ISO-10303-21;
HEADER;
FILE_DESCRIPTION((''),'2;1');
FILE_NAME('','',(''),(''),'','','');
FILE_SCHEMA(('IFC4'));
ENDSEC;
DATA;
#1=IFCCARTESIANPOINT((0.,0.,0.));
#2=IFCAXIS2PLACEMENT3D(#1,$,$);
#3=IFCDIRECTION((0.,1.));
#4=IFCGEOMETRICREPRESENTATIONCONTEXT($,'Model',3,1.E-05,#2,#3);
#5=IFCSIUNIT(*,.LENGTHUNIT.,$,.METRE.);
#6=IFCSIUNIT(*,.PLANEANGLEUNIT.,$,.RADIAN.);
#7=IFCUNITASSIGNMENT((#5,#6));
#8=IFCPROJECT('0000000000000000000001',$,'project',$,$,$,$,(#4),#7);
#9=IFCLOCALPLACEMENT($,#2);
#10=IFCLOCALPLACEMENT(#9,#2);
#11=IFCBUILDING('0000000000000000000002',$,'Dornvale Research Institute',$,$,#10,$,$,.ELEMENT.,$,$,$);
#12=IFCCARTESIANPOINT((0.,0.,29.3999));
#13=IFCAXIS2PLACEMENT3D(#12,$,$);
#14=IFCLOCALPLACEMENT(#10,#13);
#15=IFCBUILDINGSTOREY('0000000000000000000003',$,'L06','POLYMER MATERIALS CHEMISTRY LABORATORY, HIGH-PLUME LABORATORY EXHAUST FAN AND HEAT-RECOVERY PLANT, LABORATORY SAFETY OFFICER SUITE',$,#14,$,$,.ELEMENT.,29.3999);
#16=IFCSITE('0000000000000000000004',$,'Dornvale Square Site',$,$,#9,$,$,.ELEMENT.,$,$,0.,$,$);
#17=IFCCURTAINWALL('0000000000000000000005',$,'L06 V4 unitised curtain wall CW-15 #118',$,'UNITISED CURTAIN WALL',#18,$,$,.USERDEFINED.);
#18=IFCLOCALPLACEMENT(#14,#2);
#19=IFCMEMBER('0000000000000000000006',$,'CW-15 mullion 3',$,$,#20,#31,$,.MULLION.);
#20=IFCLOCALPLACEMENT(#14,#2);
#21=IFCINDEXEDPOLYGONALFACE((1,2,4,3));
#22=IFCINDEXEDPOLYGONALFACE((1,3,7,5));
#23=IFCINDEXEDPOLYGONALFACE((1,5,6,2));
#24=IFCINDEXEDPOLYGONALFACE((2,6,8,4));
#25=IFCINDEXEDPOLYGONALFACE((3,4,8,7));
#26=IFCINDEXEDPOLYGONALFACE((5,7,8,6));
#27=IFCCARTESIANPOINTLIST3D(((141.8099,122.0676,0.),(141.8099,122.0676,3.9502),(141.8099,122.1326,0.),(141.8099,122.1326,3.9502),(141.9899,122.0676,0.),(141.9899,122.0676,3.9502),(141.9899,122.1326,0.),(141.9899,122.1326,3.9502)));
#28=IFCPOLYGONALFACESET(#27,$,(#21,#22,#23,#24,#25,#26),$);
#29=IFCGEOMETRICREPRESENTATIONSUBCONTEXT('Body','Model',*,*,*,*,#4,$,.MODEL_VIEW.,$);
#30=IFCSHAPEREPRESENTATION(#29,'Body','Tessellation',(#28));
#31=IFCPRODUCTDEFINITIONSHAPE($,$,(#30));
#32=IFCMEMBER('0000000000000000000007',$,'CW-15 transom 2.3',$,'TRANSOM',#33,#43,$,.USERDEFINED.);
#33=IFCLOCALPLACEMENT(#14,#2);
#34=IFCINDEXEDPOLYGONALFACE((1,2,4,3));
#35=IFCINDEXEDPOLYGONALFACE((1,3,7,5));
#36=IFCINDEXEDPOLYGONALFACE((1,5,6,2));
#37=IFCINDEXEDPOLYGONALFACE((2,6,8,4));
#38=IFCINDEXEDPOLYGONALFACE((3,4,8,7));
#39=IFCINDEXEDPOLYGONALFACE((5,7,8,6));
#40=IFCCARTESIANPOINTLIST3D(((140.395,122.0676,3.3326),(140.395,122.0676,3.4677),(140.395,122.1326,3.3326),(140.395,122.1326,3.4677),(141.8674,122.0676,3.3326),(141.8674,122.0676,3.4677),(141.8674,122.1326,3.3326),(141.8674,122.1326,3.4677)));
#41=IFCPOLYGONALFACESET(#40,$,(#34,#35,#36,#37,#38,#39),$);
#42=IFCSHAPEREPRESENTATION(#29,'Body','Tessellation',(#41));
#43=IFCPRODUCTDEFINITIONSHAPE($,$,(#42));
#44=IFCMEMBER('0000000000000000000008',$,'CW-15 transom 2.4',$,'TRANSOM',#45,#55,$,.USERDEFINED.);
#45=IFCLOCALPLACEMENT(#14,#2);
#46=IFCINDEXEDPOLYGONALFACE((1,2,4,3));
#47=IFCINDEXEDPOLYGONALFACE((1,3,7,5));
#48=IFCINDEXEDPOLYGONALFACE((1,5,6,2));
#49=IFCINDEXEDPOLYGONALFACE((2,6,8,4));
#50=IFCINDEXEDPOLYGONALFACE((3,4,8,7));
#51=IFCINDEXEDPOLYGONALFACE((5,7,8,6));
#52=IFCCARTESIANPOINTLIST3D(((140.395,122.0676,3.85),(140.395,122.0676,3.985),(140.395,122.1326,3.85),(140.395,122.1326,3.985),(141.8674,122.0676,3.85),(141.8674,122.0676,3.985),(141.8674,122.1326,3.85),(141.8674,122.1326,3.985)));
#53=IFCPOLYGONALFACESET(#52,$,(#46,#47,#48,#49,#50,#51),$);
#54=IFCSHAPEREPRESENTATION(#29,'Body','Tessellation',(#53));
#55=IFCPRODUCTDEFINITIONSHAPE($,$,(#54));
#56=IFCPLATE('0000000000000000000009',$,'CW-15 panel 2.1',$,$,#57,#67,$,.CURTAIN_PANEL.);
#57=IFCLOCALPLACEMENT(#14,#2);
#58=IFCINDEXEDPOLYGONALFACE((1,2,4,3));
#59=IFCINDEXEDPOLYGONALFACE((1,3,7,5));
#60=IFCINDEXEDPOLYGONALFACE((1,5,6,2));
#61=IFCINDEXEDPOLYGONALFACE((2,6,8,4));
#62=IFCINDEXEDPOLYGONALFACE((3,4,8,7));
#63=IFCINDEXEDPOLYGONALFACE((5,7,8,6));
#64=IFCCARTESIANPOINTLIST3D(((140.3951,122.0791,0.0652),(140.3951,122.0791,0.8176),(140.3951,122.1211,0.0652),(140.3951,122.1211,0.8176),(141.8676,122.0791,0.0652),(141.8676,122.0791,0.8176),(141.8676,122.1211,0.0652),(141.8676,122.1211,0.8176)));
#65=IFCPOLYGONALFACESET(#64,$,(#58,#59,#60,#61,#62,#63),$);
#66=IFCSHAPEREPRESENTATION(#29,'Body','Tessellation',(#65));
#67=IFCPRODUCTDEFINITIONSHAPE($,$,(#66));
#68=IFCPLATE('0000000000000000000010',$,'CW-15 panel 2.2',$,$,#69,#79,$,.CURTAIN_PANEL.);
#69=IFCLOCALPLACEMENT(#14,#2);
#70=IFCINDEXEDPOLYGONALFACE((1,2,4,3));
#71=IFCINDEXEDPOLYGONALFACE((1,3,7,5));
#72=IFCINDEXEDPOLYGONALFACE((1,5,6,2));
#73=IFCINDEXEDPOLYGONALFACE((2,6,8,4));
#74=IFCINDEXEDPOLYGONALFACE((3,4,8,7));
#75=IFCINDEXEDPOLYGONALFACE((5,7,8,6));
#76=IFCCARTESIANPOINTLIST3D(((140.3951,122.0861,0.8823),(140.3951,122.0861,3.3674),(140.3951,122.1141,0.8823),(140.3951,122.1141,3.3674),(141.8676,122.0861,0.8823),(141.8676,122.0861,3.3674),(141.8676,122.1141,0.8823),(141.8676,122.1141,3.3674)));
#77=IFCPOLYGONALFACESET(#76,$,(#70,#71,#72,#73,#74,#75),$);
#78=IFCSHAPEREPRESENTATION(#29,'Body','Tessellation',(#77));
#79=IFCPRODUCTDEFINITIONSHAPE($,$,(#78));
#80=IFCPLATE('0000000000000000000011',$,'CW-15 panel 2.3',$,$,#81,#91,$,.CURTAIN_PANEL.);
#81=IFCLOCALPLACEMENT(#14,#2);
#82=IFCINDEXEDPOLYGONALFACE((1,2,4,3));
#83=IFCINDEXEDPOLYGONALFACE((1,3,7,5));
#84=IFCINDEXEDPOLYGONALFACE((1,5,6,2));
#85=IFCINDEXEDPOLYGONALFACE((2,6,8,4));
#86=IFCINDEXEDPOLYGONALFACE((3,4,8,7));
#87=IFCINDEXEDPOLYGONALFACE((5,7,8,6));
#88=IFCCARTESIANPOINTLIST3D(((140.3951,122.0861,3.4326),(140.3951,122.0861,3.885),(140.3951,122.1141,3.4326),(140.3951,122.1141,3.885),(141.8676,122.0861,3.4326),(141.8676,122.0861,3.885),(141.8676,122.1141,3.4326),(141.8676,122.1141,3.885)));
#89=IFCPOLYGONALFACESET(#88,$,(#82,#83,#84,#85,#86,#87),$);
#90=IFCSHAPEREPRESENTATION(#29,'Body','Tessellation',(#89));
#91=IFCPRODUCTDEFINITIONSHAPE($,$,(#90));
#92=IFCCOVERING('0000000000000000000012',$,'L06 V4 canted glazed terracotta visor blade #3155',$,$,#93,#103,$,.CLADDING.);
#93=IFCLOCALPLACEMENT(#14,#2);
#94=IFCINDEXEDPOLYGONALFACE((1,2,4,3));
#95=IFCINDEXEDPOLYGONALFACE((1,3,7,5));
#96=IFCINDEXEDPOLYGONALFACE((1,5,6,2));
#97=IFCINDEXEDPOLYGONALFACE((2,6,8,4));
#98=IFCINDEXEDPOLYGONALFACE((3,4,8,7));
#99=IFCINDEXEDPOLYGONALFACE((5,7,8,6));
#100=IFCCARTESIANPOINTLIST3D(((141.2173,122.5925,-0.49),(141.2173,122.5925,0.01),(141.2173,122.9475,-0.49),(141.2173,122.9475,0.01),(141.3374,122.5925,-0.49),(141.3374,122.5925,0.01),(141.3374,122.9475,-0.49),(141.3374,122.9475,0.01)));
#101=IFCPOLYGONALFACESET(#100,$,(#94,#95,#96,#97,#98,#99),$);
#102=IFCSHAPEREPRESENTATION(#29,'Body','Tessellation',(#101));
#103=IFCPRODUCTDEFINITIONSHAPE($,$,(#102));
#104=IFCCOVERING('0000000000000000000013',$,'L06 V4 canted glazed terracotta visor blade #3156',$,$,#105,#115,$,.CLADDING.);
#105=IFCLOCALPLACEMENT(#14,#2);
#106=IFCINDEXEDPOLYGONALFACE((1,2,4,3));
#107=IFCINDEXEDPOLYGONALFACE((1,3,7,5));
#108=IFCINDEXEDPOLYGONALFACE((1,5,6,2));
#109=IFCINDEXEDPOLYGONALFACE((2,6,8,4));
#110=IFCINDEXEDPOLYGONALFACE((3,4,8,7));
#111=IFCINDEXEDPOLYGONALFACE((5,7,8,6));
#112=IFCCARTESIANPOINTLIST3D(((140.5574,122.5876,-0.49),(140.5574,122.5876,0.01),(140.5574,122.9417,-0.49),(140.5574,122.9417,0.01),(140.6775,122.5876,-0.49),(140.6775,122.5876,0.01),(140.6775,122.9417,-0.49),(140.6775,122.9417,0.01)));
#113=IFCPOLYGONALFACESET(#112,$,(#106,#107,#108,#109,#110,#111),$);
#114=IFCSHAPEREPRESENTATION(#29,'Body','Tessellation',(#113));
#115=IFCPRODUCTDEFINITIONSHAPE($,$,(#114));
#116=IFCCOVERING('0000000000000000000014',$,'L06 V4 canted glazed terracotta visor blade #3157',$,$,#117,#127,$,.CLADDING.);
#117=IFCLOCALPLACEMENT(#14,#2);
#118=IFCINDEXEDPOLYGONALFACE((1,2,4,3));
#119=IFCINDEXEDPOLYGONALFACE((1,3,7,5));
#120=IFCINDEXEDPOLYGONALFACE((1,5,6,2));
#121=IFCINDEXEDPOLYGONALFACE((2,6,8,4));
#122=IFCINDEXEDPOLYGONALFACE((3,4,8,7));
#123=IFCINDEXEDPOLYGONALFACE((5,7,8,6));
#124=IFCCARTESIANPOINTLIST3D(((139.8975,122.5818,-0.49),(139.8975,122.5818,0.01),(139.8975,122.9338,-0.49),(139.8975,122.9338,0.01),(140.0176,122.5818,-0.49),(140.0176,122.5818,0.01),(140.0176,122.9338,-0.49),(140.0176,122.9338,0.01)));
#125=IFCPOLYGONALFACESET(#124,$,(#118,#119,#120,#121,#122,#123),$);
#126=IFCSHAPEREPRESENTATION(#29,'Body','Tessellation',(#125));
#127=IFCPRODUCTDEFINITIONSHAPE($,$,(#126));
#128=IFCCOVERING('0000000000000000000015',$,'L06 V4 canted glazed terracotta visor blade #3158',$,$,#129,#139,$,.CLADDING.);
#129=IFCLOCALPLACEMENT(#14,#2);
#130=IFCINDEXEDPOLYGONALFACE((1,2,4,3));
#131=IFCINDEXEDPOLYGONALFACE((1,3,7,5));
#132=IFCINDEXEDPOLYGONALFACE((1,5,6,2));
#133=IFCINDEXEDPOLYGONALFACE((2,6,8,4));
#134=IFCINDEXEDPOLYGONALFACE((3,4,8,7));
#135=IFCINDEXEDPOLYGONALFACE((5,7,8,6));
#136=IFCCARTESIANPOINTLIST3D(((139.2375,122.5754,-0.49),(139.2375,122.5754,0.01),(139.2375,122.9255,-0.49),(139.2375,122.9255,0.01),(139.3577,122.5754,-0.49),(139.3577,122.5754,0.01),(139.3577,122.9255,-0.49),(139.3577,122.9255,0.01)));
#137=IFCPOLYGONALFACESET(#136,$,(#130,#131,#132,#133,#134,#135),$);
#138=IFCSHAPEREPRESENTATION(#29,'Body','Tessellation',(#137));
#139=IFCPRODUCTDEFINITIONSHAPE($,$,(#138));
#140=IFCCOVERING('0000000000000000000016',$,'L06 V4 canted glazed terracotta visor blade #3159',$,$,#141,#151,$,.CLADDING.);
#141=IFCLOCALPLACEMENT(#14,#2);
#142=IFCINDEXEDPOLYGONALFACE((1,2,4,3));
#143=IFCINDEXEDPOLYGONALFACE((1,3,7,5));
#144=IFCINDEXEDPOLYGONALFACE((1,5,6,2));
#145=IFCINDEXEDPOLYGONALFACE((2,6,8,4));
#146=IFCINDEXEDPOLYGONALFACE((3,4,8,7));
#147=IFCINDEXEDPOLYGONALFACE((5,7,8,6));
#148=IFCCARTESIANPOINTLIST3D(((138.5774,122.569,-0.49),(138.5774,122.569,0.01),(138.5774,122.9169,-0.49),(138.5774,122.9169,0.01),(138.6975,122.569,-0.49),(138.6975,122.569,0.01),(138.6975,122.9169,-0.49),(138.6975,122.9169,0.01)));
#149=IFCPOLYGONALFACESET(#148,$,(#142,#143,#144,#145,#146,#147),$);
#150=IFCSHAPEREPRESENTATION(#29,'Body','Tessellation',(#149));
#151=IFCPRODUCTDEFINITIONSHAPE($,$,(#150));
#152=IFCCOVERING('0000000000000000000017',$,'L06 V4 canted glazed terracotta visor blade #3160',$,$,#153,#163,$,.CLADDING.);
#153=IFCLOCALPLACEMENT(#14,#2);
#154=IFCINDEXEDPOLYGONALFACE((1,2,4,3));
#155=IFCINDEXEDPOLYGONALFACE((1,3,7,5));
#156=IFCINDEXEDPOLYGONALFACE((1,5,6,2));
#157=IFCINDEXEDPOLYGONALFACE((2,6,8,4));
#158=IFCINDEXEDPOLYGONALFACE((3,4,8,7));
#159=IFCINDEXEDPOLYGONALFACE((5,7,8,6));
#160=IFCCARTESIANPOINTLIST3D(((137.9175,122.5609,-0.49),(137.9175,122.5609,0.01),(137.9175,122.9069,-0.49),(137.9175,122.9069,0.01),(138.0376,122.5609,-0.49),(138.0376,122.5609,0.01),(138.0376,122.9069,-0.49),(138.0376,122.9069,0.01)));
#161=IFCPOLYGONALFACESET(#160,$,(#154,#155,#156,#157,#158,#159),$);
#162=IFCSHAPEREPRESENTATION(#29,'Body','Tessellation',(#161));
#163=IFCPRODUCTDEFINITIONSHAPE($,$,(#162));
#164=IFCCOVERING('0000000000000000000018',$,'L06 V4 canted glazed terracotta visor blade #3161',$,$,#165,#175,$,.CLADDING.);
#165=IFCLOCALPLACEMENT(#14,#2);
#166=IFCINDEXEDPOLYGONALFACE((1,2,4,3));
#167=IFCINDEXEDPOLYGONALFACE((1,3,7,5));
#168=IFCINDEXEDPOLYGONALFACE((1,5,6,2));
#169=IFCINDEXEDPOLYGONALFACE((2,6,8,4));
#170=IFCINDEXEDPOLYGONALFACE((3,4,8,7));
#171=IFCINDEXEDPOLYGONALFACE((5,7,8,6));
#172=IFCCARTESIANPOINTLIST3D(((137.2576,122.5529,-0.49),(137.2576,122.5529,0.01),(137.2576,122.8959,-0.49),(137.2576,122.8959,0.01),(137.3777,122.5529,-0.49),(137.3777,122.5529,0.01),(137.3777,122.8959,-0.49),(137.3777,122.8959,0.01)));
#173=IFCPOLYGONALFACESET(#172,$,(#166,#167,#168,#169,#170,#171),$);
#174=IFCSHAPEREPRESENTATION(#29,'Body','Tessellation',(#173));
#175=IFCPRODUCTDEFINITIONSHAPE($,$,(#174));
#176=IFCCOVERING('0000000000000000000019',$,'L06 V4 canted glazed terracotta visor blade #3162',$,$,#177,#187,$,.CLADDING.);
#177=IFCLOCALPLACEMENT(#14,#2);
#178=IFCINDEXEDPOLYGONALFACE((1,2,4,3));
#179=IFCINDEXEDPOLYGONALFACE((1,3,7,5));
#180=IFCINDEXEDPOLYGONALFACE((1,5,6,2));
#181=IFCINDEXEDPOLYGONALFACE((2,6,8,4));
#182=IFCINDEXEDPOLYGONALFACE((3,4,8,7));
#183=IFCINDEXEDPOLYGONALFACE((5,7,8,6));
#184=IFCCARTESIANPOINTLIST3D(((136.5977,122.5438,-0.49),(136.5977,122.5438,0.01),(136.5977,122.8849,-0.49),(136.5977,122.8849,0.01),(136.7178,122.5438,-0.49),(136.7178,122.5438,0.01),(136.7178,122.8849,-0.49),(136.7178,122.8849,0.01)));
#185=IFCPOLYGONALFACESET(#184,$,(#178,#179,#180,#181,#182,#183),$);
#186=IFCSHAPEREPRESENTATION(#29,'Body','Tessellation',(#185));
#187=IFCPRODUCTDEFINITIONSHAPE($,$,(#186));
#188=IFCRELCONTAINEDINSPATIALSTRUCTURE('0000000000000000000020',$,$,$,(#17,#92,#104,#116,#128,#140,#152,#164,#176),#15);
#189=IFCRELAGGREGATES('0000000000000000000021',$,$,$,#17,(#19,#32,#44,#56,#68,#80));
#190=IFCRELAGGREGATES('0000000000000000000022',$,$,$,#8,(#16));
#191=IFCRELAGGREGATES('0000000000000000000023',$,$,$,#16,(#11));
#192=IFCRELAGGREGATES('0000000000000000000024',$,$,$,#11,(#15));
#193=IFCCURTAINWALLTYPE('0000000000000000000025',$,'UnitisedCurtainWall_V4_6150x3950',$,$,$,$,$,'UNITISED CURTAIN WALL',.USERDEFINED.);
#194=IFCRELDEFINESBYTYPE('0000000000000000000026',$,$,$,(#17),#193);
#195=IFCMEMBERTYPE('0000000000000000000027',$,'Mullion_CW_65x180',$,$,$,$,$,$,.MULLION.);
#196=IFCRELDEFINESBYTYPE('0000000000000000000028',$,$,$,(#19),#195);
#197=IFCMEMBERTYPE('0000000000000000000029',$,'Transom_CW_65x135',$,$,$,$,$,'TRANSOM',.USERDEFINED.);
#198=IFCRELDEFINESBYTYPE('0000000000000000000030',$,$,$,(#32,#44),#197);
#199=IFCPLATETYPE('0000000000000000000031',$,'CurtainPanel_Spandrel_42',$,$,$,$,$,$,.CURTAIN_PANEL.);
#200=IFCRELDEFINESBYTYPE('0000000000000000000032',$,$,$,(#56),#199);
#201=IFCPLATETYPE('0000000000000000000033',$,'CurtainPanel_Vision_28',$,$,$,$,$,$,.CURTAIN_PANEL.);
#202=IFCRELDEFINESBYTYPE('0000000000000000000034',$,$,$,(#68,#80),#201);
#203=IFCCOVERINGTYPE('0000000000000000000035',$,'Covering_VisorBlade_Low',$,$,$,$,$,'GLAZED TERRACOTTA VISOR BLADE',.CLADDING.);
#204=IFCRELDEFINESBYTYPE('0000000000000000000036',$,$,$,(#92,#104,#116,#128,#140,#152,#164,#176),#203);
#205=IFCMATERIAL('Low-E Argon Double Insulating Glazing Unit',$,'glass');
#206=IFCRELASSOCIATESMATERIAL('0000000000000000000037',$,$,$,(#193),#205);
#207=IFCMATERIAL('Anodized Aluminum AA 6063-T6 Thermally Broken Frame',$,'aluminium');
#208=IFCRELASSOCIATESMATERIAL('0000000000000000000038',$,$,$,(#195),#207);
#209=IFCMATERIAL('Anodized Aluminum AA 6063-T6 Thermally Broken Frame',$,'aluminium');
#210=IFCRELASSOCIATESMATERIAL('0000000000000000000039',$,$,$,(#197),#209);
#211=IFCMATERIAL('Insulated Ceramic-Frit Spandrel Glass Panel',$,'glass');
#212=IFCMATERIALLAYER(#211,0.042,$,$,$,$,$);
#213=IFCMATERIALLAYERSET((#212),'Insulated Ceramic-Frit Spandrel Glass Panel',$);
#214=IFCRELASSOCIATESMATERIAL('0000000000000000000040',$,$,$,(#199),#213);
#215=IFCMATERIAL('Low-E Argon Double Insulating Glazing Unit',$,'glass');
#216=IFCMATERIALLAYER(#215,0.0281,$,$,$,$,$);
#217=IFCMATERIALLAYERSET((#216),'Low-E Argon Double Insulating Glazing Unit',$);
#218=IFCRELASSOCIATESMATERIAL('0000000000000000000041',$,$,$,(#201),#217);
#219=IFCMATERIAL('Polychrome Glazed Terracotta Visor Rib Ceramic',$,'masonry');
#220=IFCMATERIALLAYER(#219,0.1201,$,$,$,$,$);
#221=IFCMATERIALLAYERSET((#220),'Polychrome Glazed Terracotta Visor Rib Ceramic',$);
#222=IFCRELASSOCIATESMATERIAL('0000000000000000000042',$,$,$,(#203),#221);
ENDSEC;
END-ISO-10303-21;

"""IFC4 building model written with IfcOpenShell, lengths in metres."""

from ifc_helpers import new_model, si_unit, direction, frame, origin, origin_2d, place, context, subcontext, project, spatial, rectangle, extrude, material, layer, layer_set, material_profile, profile_set, type_object, element, aggregate, save


model = new_model("IFC4")

# Units and contexts
model_context = context("Model", 3, precision=1e-05, world=origin(), true_north=direction((0.0, 1.0)))
body_context = subcontext(model_context, "Body", "Model", "MODEL_VIEW")
ifc_project = project(units=[si_unit("LENGTHUNIT", "METRE"), si_unit("PLANEANGLEUNIT", "RADIAN")], contexts=[model_context])

# Site, building, storey
site_placement = place(None, origin())
site = spatial("IfcSite", under=ifc_project, at=site_placement, Name="Dornvale Square Site", CompositionType="ELEMENT", RefElevation=0.0)
building_placement = place(site_placement, origin())
building = spatial("IfcBuilding", under=site, at=building_placement, Name="Dornvale Research Institute", CompositionType="ELEMENT")
storey_placement = place(building_placement, frame((0.0, 0.0, 29.3999)))
storey = spatial("IfcBuildingStorey", under=building, at=storey_placement, Name="L06", Description="POLYMER MATERIALS CHEMISTRY LABORATORY, HIGH-PLUME LABORATORY EXHAUST FAN AND HEAT-RECOVERY PLANT, LABORATORY SAFETY OFFICER SUITE", CompositionType="ELEMENT", Elevation=29.3999)

# Curtain wall, members, plates
ifc_material_1 = material(Name="Low-E Argon Double Insulating Glazing Unit", Category="glass")
curtain_wall_type = type_object("IfcCurtainWallType", Name="UnitisedCurtainWall_V4_6150x3950", ElementType="UNITISED CURTAIN WALL", PredefinedType="USERDEFINED", material=ifc_material_1)
curtain_wall_placement = place(storey_placement, origin())
curtain_wall = element("IfcCurtainWall", 1, at=curtain_wall_placement, inside=storey, type_object=curtain_wall_type, Name="L06 V4 unitised curtain wall CW-15 #118", ObjectType="UNITISED CURTAIN WALL", PredefinedType="USERDEFINED")
ifc_material_2 = material(Name="Anodized Aluminum AA 6063-T6 Thermally Broken Frame", Category="aluminium")
ifc_material_profile_1 = material_profile(ifc_material_2, rectangle(XDim=0.0649, YDim=0.1799, at=origin_2d()), Name="ALU MULLION 65x180")
ifc_profile_set_1 = profile_set([ifc_material_profile_1], Name="Anodized Aluminum AA 6063-T6 Thermally Broken Frame")
member_type_1 = type_object("IfcMemberType", Name="Mullion_CW_65x180", PredefinedType="MULLION", material=ifc_profile_set_1)
member_1_placement = place(storey_placement, frame((141.8999, 122.1001, 0.0), z_axis=(0.0, 0.0, 1.0), x_axis=(0.0, 1.0, 0.0)))
member_1 = element("IfcMember", 2, at=member_1_placement, type_object=member_type_1, Name="CW-15 mullion 3", PredefinedType="MULLION", context=body_context, shape_type="SweptSolid", body=[
    extrude(rectangle(XDim=0.0649, YDim=0.1799, at=origin_2d()), origin(), (0.0, 0.0, 1.0), 3.9502),
])
ifc_material_3 = material(Name="Anodized Aluminum AA 6063-T6 Thermally Broken Frame", Category="aluminium")
ifc_material_profile_2 = material_profile(ifc_material_3, rectangle(XDim=0.0649, YDim=0.135, at=origin_2d()), Name="ALU TRANSOM 65x135")
ifc_profile_set_2 = profile_set([ifc_material_profile_2], Name="Anodized Aluminum AA 6063-T6 Thermally Broken Frame")
member_type_2 = type_object("IfcMemberType", Name="Transom_CW_65x135", ElementType="TRANSOM", PredefinedType="USERDEFINED", material=ifc_profile_set_2)
member_2_placement = place(storey_placement, frame((140.395, 122.1001, 3.4001), z_axis=(1.0, 0.0, 0.0), x_axis=(0.0, 1.0, 0.0)))
member_2 = element("IfcMember", 3, at=member_2_placement, type_object=member_type_2, Name="CW-15 transom 2.3", ObjectType="TRANSOM", PredefinedType="USERDEFINED", context=body_context, shape_type="SweptSolid", body=[
    extrude(rectangle(XDim=0.0649, YDim=0.135, at=origin_2d()), origin(), (0.0, 0.0, 1.0), 1.4724),
])
member_3_placement = place(storey_placement, frame((140.395, 122.1001, 3.9175), z_axis=(1.0, 0.0, 0.0), x_axis=(0.0, 1.0, 0.0)))
member_3 = element("IfcMember", 4, at=member_3_placement, type_object=member_type_2, Name="CW-15 transom 2.4", ObjectType="TRANSOM", PredefinedType="USERDEFINED", context=body_context, shape_type="SweptSolid", body=[
    extrude(rectangle(XDim=0.0649, YDim=0.135, at=origin_2d()), origin(), (0.0, 0.0, 1.0), 1.4724),
])
ifc_material_4 = material(Name="Insulated Ceramic-Frit Spandrel Glass Panel", Category="glass")
ifc_layer_1 = layer(ifc_material_4, 0.042)
ifc_layer_set_1 = layer_set([ifc_layer_1], Name="Insulated Ceramic-Frit Spandrel Glass Panel")
plate_type_1 = type_object("IfcPlateType", Name="CurtainPanel_Spandrel_42", PredefinedType="CURTAIN_PANEL", material=ifc_layer_set_1)
plate_1_placement = place(storey_placement, frame((141.1313, 122.1001, 0.0652), z_axis=(0.0, 0.0, 1.0), x_axis=(1.0, 0.0, 0.0)))
plate_1 = element("IfcPlate", 5, at=plate_1_placement, type_object=plate_type_1, Name="CW-15 panel 2.1", PredefinedType="CURTAIN_PANEL", context=body_context, shape_type="SweptSolid", body=[
    extrude(rectangle(XDim=1.4724, YDim=0.042, at=origin_2d()), origin(), (0.0, 0.0, 1.0), 0.7524),
])
ifc_material_5 = material(Name="Low-E Argon Double Insulating Glazing Unit", Category="glass")
ifc_layer_2 = layer(ifc_material_5, 0.0281)
ifc_layer_set_2 = layer_set([ifc_layer_2], Name="Low-E Argon Double Insulating Glazing Unit")
plate_type_2 = type_object("IfcPlateType", Name="CurtainPanel_Vision_28", PredefinedType="CURTAIN_PANEL", material=ifc_layer_set_2)
plate_2_placement = place(storey_placement, frame((141.1313, 122.1001, 0.8823), z_axis=(0.0, 0.0, 1.0), x_axis=(1.0, 0.0, 0.0)))
plate_2 = element("IfcPlate", 6, at=plate_2_placement, type_object=plate_type_2, Name="CW-15 panel 2.2", PredefinedType="CURTAIN_PANEL", context=body_context, shape_type="SweptSolid", body=[
    extrude(rectangle(XDim=1.4724, YDim=0.0281, at=origin_2d()), origin(), (0.0, 0.0, 1.0), 2.4851),
])
plate_3_placement = place(storey_placement, frame((141.1313, 122.1001, 3.4326), z_axis=(0.0, 0.0, 1.0), x_axis=(1.0, 0.0, 0.0)))
plate_3 = element("IfcPlate", 7, at=plate_3_placement, type_object=plate_type_2, Name="CW-15 panel 2.3", PredefinedType="CURTAIN_PANEL", context=body_context, shape_type="SweptSolid", body=[
    extrude(rectangle(XDim=1.4724, YDim=0.0281, at=origin_2d()), origin(), (0.0, 0.0, 1.0), 0.4524),
])
aggregate(curtain_wall, [member_1, member_2, member_3, plate_1, plate_2, plate_3])

# Coverings
ifc_material_6 = material(Name="Polychrome Glazed Terracotta Visor Rib Ceramic", Category="masonry")
ifc_layer_3 = layer(ifc_material_6, 0.1201)
ifc_layer_set_3 = layer_set([ifc_layer_3], Name="Polychrome Glazed Terracotta Visor Rib Ceramic")
covering_type = type_object("IfcCoveringType", Name="Covering_VisorBlade_Low", ElementType="GLAZED TERRACOTTA VISOR BLADE", PredefinedType="CLADDING", material=ifc_layer_set_3)
covering_1_placement = place(storey_placement, frame((141.2773, 122.77, -0.49), z_axis=(0.0, 0.0, 1.0), x_axis=(0.0, 1.0, 0.0)))
element("IfcCovering", 8, at=covering_1_placement, inside=storey, type_object=covering_type, Name="L06 V4 canted glazed terracotta visor blade #3155", PredefinedType="CLADDING", context=body_context, shape_type="SweptSolid", body=[
    extrude(rectangle(XDim=0.355, YDim=0.1201, at=origin_2d()), origin(), (0.0, 0.0, 1.0), 0.5),
])
covering_2_placement = place(storey_placement, frame((140.6174, 122.7646, -0.49), z_axis=(0.0, 0.0, 1.0), x_axis=(0.0, 1.0, 0.0)))
element("IfcCovering", 9, at=covering_2_placement, inside=storey, type_object=covering_type, Name="L06 V4 canted glazed terracotta visor blade #3156", PredefinedType="CLADDING", context=body_context, shape_type="SweptSolid", body=[
    extrude(rectangle(XDim=0.354, YDim=0.1201, at=origin_2d()), origin(), (0.0, 0.0, 1.0), 0.5),
])
covering_3_placement = place(storey_placement, frame((139.9575, 122.7578, -0.49), z_axis=(0.0, 0.0, 1.0), x_axis=(0.0, 1.0, 0.0)))
element("IfcCovering", 10, at=covering_3_placement, inside=storey, type_object=covering_type, Name="L06 V4 canted glazed terracotta visor blade #3157", PredefinedType="CLADDING", context=body_context, shape_type="SweptSolid", body=[
    extrude(rectangle(XDim=0.3521, YDim=0.1201, at=origin_2d()), origin(), (0.0, 0.0, 1.0), 0.5),
])
covering_4_placement = place(storey_placement, frame((139.2976, 122.7505, -0.49), z_axis=(0.0, 0.0, 1.0), x_axis=(0.0, 1.0, 0.0)))
element("IfcCovering", 11, at=covering_4_placement, inside=storey, type_object=covering_type, Name="L06 V4 canted glazed terracotta visor blade #3158", PredefinedType="CLADDING", context=body_context, shape_type="SweptSolid", body=[
    extrude(rectangle(XDim=0.3501, YDim=0.1201, at=origin_2d()), origin(), (0.0, 0.0, 1.0), 0.5),
])
covering_5_placement = place(storey_placement, frame((138.6375, 122.7429, -0.49), z_axis=(0.0, 0.0, 1.0), x_axis=(0.0, 1.0, 0.0)))
element("IfcCovering", 12, at=covering_5_placement, inside=storey, type_object=covering_type, Name="L06 V4 canted glazed terracotta visor blade #3159", PredefinedType="CLADDING", context=body_context, shape_type="SweptSolid", body=[
    extrude(rectangle(XDim=0.3479, YDim=0.1201, at=origin_2d()), origin(), (0.0, 0.0, 1.0), 0.5),
])
covering_6_placement = place(storey_placement, frame((137.9775, 122.7339, -0.49), z_axis=(0.0, 0.0, 1.0), x_axis=(0.0, 1.0, 0.0)))
element("IfcCovering", 13, at=covering_6_placement, inside=storey, type_object=covering_type, Name="L06 V4 canted glazed terracotta visor blade #3160", PredefinedType="CLADDING", context=body_context, shape_type="SweptSolid", body=[
    extrude(rectangle(XDim=0.3459, YDim=0.1201, at=origin_2d()), origin(), (0.0, 0.0, 1.0), 0.5),
])
covering_7_placement = place(storey_placement, frame((137.3176, 122.7244, -0.49), z_axis=(0.0, 0.0, 1.0), x_axis=(0.0, 1.0, 0.0)))
element("IfcCovering", 14, at=covering_7_placement, inside=storey, type_object=covering_type, Name="L06 V4 canted glazed terracotta visor blade #3161", PredefinedType="CLADDING", context=body_context, shape_type="SweptSolid", body=[
    extrude(rectangle(XDim=0.343, YDim=0.1201, at=origin_2d()), origin(), (0.0, 0.0, 1.0), 0.5),
])
covering_8_placement = place(storey_placement, frame((136.6577, 122.7144, -0.49), z_axis=(0.0, 0.0, 1.0), x_axis=(0.0, 1.0, 0.0)))
element("IfcCovering", 15, at=covering_8_placement, inside=storey, type_object=covering_type, Name="L06 V4 canted glazed terracotta visor blade #3162", PredefinedType="CLADDING", context=body_context, shape_type="SweptSolid", body=[
    extrude(rectangle(XDim=0.3411, YDim=0.1201, at=origin_2d()), origin(), (0.0, 0.0, 1.0), 0.5),
])

save(model, "model.ifc")
